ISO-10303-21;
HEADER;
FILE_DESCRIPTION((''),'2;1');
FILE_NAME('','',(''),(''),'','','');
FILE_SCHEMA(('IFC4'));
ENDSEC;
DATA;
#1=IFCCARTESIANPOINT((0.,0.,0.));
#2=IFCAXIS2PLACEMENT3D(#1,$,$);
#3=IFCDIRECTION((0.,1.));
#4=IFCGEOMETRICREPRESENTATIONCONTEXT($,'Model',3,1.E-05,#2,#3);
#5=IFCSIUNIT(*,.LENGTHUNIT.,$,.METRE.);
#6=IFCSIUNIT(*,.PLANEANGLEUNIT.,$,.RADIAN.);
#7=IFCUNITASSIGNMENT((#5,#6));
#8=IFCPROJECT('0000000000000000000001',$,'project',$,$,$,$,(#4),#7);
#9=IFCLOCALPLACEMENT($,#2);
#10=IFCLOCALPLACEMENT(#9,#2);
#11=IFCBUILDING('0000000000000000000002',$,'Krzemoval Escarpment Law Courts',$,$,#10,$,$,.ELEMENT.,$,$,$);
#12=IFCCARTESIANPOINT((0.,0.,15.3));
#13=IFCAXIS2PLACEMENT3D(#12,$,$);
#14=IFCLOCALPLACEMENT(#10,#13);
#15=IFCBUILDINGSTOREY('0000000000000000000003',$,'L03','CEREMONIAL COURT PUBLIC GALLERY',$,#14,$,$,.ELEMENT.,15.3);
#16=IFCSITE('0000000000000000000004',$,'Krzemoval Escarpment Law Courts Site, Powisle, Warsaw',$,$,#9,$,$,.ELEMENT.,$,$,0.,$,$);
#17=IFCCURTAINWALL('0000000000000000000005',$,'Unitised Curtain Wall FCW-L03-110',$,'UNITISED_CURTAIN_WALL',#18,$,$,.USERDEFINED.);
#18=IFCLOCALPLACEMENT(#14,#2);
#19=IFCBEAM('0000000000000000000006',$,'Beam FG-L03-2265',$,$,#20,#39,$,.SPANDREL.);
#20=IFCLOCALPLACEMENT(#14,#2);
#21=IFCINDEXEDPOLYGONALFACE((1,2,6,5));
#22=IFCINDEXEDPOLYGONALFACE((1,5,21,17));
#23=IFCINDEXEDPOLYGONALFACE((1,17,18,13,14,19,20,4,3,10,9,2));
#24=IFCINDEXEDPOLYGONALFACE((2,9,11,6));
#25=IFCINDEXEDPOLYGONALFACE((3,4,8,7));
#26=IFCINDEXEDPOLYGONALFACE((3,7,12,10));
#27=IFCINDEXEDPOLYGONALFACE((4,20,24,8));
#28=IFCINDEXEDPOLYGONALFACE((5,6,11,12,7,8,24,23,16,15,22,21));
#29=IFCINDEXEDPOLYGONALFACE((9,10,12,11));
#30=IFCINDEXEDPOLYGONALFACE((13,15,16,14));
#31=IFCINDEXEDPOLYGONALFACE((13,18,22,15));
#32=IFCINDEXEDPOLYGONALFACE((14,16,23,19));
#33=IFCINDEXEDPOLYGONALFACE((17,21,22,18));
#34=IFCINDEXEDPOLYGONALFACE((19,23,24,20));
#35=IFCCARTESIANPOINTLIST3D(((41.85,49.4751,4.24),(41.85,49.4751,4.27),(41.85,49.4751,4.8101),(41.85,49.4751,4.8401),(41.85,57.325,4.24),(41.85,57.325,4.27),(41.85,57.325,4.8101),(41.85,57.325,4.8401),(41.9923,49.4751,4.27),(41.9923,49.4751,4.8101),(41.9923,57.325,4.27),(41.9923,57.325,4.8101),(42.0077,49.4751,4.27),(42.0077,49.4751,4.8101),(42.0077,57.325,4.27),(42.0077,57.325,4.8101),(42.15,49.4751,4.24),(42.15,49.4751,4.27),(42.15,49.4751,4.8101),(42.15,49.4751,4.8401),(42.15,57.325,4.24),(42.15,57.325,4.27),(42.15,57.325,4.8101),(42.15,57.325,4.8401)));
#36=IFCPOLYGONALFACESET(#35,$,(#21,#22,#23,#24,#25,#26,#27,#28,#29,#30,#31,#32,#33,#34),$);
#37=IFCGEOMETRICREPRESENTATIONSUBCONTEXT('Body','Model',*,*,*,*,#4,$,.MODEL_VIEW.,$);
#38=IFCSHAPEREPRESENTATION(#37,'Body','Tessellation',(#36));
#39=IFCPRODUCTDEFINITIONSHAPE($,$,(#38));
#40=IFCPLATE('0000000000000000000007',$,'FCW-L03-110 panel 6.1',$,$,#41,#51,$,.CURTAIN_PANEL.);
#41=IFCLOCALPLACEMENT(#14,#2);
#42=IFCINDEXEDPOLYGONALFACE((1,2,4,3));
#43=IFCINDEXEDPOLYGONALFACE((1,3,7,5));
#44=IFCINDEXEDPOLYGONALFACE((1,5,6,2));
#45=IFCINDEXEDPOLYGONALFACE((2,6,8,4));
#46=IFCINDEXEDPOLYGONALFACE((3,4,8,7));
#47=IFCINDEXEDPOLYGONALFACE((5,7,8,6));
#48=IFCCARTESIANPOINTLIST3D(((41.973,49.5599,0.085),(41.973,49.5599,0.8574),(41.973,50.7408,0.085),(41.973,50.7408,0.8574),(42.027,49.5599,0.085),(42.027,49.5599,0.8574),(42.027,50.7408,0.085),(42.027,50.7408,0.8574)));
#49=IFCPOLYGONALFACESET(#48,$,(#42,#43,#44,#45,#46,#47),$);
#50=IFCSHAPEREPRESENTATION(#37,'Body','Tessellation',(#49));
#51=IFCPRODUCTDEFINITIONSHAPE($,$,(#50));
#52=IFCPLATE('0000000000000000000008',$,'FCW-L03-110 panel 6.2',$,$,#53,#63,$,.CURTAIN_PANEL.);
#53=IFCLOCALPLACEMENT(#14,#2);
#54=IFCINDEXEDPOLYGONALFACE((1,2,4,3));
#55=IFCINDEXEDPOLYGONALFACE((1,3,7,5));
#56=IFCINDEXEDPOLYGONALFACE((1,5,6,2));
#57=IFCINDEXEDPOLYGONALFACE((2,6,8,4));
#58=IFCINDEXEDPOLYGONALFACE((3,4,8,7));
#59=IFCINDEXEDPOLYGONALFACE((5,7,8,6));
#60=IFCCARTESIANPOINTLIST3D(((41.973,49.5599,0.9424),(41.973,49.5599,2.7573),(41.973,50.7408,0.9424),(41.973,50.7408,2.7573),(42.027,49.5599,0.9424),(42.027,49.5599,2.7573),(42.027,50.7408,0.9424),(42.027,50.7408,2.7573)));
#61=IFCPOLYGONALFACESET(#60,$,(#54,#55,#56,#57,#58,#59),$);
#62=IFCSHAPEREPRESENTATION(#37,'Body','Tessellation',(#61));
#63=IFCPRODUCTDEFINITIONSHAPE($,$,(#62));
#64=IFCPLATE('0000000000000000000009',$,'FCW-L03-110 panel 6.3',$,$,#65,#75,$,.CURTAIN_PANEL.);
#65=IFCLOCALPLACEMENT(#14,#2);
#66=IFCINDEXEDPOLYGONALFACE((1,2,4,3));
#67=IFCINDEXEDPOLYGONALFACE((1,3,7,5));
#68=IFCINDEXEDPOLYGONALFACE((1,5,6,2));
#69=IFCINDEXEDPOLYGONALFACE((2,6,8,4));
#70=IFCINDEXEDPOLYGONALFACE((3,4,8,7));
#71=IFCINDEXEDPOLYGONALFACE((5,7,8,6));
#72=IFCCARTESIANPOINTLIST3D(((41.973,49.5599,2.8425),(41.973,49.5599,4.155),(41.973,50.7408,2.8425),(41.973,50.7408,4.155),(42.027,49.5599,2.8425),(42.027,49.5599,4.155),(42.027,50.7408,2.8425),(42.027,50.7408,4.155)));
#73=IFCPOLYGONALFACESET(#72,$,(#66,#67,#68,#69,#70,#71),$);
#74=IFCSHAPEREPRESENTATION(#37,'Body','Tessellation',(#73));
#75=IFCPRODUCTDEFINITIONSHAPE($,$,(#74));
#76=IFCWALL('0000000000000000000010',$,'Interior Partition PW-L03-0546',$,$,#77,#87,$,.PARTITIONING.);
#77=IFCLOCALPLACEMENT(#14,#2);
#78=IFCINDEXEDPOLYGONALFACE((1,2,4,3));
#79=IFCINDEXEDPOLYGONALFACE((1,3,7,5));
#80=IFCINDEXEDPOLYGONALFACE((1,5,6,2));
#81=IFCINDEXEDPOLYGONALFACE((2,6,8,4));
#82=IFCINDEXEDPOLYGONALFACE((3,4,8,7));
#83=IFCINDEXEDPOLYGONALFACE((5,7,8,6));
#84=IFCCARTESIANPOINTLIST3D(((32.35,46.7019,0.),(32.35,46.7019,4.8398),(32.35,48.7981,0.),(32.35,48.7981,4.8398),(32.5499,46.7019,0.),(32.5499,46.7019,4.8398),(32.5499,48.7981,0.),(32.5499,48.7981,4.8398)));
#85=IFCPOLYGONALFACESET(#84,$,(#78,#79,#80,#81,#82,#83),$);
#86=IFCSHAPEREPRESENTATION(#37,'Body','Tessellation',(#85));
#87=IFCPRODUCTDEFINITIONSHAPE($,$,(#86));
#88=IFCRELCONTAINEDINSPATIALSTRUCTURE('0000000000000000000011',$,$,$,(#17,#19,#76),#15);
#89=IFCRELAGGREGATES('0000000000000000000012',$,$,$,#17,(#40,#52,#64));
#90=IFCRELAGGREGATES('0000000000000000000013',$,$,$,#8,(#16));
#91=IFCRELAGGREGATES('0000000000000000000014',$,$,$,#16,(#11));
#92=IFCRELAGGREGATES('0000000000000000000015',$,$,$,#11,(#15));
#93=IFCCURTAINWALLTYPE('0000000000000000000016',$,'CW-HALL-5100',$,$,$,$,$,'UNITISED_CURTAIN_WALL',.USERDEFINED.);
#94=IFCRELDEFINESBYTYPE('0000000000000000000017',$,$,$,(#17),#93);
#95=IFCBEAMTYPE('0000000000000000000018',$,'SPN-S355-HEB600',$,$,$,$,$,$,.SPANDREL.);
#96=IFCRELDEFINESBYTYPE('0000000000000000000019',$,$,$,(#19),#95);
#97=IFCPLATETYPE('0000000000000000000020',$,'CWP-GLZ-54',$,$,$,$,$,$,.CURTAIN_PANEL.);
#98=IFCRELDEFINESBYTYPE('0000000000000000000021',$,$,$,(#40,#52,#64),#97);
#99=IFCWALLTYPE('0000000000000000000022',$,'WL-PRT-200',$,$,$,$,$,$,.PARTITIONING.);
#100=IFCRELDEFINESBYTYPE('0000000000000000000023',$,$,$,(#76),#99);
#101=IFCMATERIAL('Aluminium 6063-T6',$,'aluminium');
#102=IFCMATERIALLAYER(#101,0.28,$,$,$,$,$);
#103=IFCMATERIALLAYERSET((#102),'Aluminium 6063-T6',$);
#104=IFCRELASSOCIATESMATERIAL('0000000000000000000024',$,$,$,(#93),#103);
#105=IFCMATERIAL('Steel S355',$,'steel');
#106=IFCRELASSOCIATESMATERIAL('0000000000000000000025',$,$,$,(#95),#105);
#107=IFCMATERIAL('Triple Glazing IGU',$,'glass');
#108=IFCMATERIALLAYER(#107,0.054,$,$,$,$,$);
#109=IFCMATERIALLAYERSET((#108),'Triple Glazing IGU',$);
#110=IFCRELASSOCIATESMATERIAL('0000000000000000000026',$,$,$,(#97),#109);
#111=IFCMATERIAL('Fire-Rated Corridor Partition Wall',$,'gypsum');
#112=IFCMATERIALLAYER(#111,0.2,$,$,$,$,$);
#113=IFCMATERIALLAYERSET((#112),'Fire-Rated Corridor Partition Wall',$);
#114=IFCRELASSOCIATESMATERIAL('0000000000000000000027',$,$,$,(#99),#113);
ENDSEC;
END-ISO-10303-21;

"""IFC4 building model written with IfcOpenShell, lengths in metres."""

from ifc_helpers import new_model, si_unit, direction, frame, frame_2d, origin, origin_2d, place, context, subcontext, project, spatial, rectangle, i_section, extrude, material, layer, layer_set, material_profile, profile_set, type_object, element, aggregate, save


model = new_model("IFC4")

# Units and contexts
model_context = context("Model", 3, precision=1e-05, world=origin(), true_north=direction((0.0, 1.0)))
body_context = subcontext(model_context, "Body", "Model", "MODEL_VIEW")
ifc_project = project(units=[si_unit("LENGTHUNIT", "METRE"), si_unit("PLANEANGLEUNIT", "RADIAN")], contexts=[model_context])

# Site, building, storey
site_placement = place(None, origin())
site = spatial("IfcSite", under=ifc_project, at=site_placement, Name="Krzemoval Escarpment Law Courts Site, Powisle, Warsaw", CompositionType="ELEMENT", RefElevation=0.0)
building_placement = place(site_placement, origin())
building = spatial("IfcBuilding", under=site, at=building_placement, Name="Krzemoval Escarpment Law Courts", CompositionType="ELEMENT")
storey_placement = place(building_placement, frame((0.0, 0.0, 15.3)))
storey = spatial("IfcBuildingStorey", under=building, at=storey_placement, Name="L03", Description="CEREMONIAL COURT PUBLIC GALLERY", CompositionType="ELEMENT", Elevation=15.3)

# Curtain wall
ifc_material_1 = material(Name="Aluminium 6063-T6", Category="aluminium")
ifc_layer_1 = layer(ifc_material_1, 0.28)
ifc_layer_set_1 = layer_set([ifc_layer_1], Name="Aluminium 6063-T6")
curtain_wall_type = type_object("IfcCurtainWallType", Name="CW-HALL-5100", ElementType="UNITISED_CURTAIN_WALL", PredefinedType="USERDEFINED", material=ifc_layer_set_1)
curtain_wall_1_placement = place(storey_placement, origin())
curtain_wall_1 = element("IfcCurtainWall", 1, at=curtain_wall_1_placement, inside=storey, type_object=curtain_wall_type, Name="Unitised Curtain Wall FCW-L03-110", ObjectType="UNITISED_CURTAIN_WALL", PredefinedType="USERDEFINED")

# Beam
ifc_material_2 = material(Name="Steel S355", Category="steel")
ifc_material_profile_1 = material_profile(ifc_material_2, i_section(OverallWidth=0.3, OverallDepth=0.6001, WebThickness=0.0154, FlangeThickness=0.03, at=origin_2d()), Name="HEB 600")
ifc_profile_set_1 = profile_set([ifc_material_profile_1], Name="Steel S355")
beam_type_1 = type_object("IfcBeamType", Name="SPN-S355-HEB600", PredefinedType="SPANDREL", material=ifc_profile_set_1)
beam_1_placement = place(storey_placement, frame((42.0, 49.4751, 4.54), z_axis=(0.0, 1.0, 0.0), x_axis=(-1.0, 0.0, 0.0)))
element("IfcBeam", 2, at=beam_1_placement, inside=storey, type_object=beam_type_1, Name="Beam FG-L03-2265", PredefinedType="SPANDREL", context=body_context, shape_type="SweptSolid", body=[
    extrude(i_section(OverallWidth=0.3, OverallDepth=0.6001, WebThickness=0.0154, FlangeThickness=0.03, at=origin_2d()), origin(), (0.0, 0.0, 1.0), 7.8499),
])

# Plates
ifc_material_3 = material(Name="Triple Glazing IGU", Category="glass")
ifc_layer_2 = layer(ifc_material_3, 0.054)
ifc_layer_set_2 = layer_set([ifc_layer_2], Name="Triple Glazing IGU")
plate_type = type_object("IfcPlateType", Name="CWP-GLZ-54", PredefinedType="CURTAIN_PANEL", material=ifc_layer_set_2)
plate_1_placement = place(storey_placement, frame((42.0, 50.1504, 0.085), z_axis=(0.0, 0.0, 1.0), x_axis=(0.0, -1.0, 0.0)))
plate_1 = element("IfcPlate", 3, at=plate_1_placement, type_object=plate_type, Name="FCW-L03-110 panel 6.1", PredefinedType="CURTAIN_PANEL", context=body_context, shape_type="SweptSolid", body=[
    extrude(rectangle(XDim=1.1809, YDim=0.054, at=origin_2d()), origin(), (0.0, 0.0, 1.0), 0.7725),
])
plate_2_placement = place(storey_placement, frame((42.0, 50.1504, 0.9424), z_axis=(0.0, 0.0, 1.0), x_axis=(0.0, -1.0, 0.0)))
plate_2 = element("IfcPlate", 4, at=plate_2_placement, type_object=plate_type, Name="FCW-L03-110 panel 6.2", PredefinedType="CURTAIN_PANEL", context=body_context, shape_type="SweptSolid", body=[
    extrude(rectangle(XDim=1.1809, YDim=0.054, at=origin_2d()), origin(), (0.0, 0.0, 1.0), 1.8149),
])
plate_3_placement = place(storey_placement, frame((42.0, 50.1504, 2.8425), z_axis=(0.0, 0.0, 1.0), x_axis=(0.0, -1.0, 0.0)))
plate_3 = element("IfcPlate", 5, at=plate_3_placement, type_object=plate_type, Name="FCW-L03-110 panel 6.3", PredefinedType="CURTAIN_PANEL", context=body_context, shape_type="SweptSolid", body=[
    extrude(rectangle(XDim=1.1809, YDim=0.054, at=origin_2d()), origin(), (0.0, 0.0, 1.0), 1.3125),
])
aggregate(curtain_wall_1, [plate_1, plate_2, plate_3])

# Wall
ifc_material_4 = material(Name="Fire-Rated Corridor Partition Wall", Category="gypsum")
ifc_layer_3 = layer(ifc_material_4, 0.2)
ifc_layer_set_3 = layer_set([ifc_layer_3], Name="Fire-Rated Corridor Partition Wall")
wall_type = type_object("IfcWallType", Name="WL-PRT-200", PredefinedType="PARTITIONING", material=ifc_layer_set_3)
wall_placement = place(storey_placement, frame((32.45, 46.7019, 0.0), z_axis=(0.0, 0.0, 1.0), x_axis=(0.0, 1.0, 0.0)))
element("IfcWall", 6, at=wall_placement, inside=storey, type_object=wall_type, Name="Interior Partition PW-L03-0546", PredefinedType="PARTITIONING", context=body_context, shape_type="SweptSolid", body=[
    extrude(rectangle(XDim=2.0962, YDim=0.2, at=frame_2d((1.0481, 0.0))), origin(), (0.0, 0.0, 1.0), 4.8398),
])

save(model, "model.ifc")
